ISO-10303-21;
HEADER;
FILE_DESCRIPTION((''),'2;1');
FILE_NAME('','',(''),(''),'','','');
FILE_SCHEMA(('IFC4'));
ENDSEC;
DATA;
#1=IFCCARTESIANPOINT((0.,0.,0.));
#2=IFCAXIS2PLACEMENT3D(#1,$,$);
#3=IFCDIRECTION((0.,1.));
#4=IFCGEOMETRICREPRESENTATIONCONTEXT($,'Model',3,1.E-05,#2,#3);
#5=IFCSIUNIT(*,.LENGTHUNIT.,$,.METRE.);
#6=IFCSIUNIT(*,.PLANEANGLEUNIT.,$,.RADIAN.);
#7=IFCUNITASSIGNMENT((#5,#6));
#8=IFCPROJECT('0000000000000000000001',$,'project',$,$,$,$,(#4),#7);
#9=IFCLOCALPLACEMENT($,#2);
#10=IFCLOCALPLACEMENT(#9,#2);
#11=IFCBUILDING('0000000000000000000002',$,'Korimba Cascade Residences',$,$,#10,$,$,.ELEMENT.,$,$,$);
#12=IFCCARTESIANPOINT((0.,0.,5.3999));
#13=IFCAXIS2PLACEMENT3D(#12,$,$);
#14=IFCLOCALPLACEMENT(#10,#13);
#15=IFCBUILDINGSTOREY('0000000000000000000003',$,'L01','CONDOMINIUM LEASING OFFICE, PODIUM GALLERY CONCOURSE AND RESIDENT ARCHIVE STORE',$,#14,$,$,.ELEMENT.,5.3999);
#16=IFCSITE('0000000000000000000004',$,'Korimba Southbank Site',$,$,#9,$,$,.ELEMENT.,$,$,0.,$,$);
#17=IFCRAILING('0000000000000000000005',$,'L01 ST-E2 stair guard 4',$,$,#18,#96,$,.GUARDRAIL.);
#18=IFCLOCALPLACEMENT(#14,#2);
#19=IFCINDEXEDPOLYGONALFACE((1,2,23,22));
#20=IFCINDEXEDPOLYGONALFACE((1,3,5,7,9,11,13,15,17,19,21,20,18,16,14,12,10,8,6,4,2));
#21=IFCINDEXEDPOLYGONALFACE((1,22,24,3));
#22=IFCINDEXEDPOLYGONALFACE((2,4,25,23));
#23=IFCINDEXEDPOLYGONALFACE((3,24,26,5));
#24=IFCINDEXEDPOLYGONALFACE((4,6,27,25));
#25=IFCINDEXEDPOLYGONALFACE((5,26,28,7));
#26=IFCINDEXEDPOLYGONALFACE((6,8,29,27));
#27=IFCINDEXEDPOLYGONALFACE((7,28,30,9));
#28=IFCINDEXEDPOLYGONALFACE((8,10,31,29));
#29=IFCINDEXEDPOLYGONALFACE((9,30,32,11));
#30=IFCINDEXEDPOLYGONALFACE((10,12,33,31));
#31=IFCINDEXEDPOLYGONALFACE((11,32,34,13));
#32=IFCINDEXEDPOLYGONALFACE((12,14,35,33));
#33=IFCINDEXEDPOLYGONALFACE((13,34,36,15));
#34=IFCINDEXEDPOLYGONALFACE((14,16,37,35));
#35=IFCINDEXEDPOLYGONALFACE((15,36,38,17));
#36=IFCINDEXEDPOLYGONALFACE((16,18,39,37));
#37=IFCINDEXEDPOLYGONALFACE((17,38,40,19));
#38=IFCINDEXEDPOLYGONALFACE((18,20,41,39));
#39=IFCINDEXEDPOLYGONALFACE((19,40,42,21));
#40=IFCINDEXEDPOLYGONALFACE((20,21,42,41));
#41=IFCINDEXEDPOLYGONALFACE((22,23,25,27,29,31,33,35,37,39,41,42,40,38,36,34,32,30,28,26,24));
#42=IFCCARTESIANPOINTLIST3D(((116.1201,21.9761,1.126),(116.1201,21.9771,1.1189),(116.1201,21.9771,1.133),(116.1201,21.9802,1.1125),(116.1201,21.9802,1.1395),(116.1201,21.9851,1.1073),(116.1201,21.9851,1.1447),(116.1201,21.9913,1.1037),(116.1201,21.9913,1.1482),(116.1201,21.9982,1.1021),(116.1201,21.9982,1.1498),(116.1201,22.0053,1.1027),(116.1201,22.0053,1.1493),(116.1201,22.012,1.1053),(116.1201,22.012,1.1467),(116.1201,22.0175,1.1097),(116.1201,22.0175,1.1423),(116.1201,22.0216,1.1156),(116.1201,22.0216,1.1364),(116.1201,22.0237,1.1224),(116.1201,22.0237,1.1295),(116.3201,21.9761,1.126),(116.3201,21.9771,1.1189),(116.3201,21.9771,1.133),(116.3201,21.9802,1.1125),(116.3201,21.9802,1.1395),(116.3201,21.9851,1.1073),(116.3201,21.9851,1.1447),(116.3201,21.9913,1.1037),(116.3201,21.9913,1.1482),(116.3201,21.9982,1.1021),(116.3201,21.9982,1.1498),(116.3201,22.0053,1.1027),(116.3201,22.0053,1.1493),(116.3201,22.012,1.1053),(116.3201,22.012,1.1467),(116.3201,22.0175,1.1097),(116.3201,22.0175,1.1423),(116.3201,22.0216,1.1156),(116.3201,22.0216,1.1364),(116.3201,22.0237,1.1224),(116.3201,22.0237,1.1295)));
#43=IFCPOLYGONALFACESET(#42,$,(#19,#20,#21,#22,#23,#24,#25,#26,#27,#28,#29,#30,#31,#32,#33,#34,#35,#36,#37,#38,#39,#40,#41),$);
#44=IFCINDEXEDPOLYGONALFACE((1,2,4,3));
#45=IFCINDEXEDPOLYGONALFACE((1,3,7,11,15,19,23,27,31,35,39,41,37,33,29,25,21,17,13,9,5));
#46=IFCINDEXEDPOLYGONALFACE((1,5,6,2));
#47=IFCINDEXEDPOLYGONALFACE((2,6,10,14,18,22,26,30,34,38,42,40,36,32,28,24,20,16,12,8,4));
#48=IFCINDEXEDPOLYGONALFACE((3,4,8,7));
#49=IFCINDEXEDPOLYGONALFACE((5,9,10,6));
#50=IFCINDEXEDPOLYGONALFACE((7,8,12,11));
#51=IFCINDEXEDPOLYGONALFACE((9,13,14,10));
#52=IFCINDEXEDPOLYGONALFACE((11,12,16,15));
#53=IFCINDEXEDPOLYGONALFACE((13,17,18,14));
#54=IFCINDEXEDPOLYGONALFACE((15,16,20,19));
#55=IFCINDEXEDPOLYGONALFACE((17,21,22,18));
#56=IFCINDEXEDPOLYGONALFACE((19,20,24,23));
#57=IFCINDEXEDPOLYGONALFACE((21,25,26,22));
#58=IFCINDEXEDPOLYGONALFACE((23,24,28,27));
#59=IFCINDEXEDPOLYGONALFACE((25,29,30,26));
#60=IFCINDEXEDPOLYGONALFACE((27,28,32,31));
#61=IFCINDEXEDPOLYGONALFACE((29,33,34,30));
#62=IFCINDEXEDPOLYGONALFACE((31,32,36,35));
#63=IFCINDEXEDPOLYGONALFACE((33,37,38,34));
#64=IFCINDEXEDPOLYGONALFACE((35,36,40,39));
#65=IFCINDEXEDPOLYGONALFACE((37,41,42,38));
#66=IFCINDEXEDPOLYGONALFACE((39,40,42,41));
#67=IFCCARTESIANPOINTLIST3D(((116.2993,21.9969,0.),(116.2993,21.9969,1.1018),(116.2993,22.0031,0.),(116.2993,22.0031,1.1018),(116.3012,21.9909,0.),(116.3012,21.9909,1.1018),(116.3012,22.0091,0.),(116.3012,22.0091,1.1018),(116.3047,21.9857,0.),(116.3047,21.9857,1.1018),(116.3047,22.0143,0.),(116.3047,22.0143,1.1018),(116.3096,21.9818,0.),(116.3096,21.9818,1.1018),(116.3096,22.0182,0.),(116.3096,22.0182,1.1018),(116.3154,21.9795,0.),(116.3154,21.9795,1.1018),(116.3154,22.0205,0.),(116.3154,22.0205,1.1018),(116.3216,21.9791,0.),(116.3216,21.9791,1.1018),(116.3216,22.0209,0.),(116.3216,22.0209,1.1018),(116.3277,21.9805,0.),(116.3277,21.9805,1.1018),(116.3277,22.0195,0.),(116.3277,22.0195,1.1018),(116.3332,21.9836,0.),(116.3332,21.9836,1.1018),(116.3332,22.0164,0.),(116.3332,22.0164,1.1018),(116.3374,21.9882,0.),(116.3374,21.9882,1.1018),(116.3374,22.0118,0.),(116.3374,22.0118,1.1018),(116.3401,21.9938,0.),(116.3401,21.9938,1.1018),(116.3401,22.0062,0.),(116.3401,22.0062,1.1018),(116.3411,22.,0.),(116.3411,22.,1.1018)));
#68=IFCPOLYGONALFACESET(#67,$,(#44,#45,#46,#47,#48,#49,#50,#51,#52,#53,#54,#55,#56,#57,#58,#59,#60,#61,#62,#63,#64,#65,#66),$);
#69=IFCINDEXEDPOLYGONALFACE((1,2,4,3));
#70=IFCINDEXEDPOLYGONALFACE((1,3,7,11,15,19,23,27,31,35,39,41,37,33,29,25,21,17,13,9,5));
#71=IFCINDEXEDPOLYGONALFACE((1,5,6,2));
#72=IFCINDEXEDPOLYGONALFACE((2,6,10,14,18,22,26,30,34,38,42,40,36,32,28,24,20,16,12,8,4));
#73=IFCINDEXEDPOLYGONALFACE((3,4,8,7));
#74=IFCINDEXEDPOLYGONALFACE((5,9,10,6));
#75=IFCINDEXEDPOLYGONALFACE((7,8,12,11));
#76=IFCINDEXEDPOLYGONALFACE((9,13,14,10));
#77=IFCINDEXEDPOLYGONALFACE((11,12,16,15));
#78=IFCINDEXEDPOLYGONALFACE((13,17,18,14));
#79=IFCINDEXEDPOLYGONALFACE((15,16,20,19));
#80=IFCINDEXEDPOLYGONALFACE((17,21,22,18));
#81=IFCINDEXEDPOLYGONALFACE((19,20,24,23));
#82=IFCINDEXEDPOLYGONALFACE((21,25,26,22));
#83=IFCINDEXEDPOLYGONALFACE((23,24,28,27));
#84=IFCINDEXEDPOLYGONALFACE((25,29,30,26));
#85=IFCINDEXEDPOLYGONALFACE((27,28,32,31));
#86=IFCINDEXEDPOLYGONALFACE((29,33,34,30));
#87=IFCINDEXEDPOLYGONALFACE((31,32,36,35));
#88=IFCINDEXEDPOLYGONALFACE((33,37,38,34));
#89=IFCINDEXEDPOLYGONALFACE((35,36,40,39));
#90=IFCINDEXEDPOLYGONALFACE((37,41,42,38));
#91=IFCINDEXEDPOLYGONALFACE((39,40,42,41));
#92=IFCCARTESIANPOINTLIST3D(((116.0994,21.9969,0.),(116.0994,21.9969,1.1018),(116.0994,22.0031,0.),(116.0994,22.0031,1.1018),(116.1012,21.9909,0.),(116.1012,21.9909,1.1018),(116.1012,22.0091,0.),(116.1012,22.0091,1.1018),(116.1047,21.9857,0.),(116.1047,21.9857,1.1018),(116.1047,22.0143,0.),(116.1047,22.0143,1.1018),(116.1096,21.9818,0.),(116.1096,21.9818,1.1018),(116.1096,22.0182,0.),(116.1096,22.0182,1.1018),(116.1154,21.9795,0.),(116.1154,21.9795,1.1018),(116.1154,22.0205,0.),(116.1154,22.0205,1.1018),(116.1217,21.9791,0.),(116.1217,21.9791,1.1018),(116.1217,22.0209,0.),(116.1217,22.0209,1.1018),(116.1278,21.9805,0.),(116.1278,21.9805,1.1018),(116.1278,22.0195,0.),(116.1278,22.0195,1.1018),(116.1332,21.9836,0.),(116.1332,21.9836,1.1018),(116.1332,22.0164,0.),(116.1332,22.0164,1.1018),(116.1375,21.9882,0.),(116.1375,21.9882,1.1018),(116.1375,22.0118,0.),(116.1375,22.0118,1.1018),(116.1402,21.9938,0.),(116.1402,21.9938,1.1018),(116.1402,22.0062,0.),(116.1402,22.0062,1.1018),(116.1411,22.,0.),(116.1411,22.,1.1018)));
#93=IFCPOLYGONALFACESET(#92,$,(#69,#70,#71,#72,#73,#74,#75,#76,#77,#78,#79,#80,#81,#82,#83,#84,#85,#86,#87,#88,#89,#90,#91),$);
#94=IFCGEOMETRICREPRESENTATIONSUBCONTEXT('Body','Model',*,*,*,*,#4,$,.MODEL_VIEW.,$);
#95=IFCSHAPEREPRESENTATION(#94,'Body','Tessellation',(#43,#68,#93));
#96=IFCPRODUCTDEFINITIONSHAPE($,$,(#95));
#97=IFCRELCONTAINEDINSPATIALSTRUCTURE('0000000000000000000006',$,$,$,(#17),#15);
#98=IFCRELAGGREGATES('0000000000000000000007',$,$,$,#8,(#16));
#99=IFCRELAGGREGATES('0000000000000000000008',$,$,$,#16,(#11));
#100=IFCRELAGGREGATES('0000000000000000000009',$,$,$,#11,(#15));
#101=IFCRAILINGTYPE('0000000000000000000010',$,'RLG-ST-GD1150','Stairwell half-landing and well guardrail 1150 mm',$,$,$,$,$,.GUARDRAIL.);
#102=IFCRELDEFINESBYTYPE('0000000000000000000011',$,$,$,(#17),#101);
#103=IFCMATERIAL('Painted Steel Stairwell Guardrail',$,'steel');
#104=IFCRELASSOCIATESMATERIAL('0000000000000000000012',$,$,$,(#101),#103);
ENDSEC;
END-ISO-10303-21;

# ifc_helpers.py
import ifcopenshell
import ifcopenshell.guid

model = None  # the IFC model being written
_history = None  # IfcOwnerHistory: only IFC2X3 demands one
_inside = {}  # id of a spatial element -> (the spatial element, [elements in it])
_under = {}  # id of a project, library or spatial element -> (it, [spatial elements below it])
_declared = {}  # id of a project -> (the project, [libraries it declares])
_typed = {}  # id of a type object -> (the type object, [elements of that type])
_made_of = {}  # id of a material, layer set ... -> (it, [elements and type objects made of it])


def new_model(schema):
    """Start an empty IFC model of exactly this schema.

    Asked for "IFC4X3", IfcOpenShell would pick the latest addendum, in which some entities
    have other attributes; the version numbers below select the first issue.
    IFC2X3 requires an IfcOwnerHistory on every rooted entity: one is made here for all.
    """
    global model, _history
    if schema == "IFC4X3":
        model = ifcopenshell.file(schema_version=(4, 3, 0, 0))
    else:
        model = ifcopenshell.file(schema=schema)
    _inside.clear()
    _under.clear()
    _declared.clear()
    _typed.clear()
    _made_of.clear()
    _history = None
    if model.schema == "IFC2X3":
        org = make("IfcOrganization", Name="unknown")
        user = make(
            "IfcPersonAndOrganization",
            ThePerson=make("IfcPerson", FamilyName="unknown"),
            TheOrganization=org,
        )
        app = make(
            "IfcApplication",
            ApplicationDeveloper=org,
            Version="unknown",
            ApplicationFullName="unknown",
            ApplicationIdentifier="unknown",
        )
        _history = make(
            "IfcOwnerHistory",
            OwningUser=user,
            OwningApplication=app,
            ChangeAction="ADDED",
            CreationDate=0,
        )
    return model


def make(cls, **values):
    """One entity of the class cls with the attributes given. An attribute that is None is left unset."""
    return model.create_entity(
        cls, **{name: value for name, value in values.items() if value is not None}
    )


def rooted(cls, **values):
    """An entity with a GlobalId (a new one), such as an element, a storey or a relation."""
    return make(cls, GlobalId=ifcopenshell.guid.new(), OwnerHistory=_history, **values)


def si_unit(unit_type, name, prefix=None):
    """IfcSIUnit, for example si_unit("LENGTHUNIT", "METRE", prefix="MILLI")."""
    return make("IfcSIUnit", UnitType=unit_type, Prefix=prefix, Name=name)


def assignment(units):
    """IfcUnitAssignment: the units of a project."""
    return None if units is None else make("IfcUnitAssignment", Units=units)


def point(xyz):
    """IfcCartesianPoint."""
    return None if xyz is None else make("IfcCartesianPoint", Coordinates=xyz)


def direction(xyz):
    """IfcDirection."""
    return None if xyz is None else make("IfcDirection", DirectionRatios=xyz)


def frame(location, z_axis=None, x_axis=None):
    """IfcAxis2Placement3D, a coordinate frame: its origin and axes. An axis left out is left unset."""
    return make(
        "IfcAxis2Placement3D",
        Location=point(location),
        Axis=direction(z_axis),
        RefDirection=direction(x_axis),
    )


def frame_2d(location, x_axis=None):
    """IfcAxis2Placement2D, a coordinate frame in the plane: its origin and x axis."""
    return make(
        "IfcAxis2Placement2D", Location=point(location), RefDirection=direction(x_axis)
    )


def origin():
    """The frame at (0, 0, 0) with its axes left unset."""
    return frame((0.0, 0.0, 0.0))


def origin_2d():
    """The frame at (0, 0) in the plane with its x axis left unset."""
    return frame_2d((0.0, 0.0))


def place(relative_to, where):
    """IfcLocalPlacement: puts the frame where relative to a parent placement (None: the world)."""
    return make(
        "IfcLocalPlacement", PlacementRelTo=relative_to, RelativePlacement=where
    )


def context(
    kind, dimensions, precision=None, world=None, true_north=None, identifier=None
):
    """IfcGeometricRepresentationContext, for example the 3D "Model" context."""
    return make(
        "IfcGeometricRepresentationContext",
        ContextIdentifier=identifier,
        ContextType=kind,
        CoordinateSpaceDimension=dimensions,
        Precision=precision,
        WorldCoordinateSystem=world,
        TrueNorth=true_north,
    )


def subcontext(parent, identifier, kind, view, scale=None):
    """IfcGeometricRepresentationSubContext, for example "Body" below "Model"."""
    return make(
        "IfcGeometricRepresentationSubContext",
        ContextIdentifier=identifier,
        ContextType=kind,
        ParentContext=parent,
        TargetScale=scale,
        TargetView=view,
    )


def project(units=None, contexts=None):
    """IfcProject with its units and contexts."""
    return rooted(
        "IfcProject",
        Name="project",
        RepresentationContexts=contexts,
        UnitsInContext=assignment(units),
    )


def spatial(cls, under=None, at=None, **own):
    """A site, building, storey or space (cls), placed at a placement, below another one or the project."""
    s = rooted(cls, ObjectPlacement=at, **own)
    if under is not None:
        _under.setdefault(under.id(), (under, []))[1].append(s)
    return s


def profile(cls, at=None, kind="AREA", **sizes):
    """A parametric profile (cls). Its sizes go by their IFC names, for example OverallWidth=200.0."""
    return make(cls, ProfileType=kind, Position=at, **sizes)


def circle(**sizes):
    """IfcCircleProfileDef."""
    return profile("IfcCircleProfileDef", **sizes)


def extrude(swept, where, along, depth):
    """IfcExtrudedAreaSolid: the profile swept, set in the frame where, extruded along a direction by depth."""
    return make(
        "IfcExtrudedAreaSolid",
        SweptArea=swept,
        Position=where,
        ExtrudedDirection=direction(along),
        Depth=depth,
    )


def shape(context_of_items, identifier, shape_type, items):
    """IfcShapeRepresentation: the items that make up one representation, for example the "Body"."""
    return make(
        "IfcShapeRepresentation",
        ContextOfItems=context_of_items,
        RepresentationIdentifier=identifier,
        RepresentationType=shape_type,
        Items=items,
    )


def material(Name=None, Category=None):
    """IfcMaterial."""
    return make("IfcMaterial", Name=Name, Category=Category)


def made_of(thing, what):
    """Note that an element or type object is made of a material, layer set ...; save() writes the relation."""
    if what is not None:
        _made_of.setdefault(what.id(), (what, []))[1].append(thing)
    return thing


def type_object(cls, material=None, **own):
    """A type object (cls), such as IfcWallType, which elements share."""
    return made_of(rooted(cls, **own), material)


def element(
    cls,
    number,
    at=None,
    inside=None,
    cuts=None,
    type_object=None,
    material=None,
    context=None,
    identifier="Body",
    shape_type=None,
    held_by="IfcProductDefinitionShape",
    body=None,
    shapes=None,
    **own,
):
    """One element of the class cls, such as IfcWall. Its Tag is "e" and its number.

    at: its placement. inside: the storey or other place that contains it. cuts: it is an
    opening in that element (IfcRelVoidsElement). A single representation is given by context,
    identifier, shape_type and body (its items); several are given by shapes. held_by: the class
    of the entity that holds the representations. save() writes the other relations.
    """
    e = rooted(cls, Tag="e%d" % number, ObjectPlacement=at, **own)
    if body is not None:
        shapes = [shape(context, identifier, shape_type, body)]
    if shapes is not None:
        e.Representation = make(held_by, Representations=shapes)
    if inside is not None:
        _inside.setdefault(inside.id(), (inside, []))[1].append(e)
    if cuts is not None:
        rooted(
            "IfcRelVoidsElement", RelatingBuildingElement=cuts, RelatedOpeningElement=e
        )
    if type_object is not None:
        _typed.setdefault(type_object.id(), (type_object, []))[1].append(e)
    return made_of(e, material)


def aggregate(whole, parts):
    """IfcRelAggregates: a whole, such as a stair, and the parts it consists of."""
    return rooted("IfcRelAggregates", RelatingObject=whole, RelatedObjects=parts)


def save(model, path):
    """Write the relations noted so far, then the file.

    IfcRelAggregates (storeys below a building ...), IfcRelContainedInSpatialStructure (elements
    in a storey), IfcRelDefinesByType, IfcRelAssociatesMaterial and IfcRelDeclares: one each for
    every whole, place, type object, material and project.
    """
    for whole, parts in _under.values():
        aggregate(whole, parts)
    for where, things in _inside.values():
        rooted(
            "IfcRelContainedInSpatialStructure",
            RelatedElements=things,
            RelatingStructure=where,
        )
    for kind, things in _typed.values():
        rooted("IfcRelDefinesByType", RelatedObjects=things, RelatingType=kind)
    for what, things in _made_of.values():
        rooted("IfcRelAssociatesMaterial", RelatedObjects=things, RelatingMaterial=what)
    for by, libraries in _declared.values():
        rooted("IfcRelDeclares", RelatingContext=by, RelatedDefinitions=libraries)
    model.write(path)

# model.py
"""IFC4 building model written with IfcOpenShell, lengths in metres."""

from ifc_helpers import new_model, si_unit, direction, frame, origin, origin_2d, place, context, subcontext, project, spatial, circle, extrude, material, type_object, element, save


model = new_model("IFC4")

# Units and contexts
model_context = context("Model", 3, precision=1e-05, world=origin(), true_north=direction((0.0, 1.0)))
body_context = subcontext(model_context, "Body", "Model", "MODEL_VIEW")
ifc_project = project(units=[si_unit("LENGTHUNIT", "METRE"), si_unit("PLANEANGLEUNIT", "RADIAN")], contexts=[model_context])

# Site, building, storey
site_placement = place(None, origin())
site = spatial("IfcSite", under=ifc_project, at=site_placement, Name="Korimba Southbank Site", CompositionType="ELEMENT", RefElevation=0.0)
building_placement = place(site_placement, origin())
building = spatial("IfcBuilding", under=site, at=building_placement, Name="Korimba Cascade Residences", CompositionType="ELEMENT")
storey_placement = place(building_placement, frame((0.0, 0.0, 5.3999)))
storey = spatial("IfcBuildingStorey", under=building, at=storey_placement, Name="L01", Description="CONDOMINIUM LEASING OFFICE, PODIUM GALLERY CONCOURSE AND RESIDENT ARCHIVE STORE", CompositionType="ELEMENT", Elevation=5.3999)

# Railing
ifc_material_1 = material(Name="Painted Steel Stairwell Guardrail", Category="steel")
railing_type = type_object("IfcRailingType", Name="RLG-ST-GD1150", Description="Stairwell half-landing and well guardrail 1150 mm", PredefinedType="GUARDRAIL", material=ifc_material_1)
railing_placement = place(storey_placement, frame((116.3201, 22.0, 0.0)))
element("IfcRailing", 1, at=railing_placement, inside=storey, type_object=railing_type, Name="L01 ST-E2 stair guard 4", PredefinedType="GUARDRAIL", context=body_context, shape_type="SweptSolid", body=[
    extrude(circle(Radius=0.0239, at=origin_2d()), frame((0.0, 0.0, 1.126), z_axis=(-1.0, 0.0, 0.0), x_axis=(0.0, -1.0, 0.0)), (0.0, 0.0, 1.0), 0.2),
    extrude(circle(Radius=0.021, at=origin_2d()), origin(), (0.0, 0.0, 1.0), 1.1018),
    extrude(circle(Radius=0.021, at=origin_2d()), frame((-0.2, 0.0, 0.0)), (0.0, 0.0, 1.0), 1.1018),
])

save(model, "model.ifc")
